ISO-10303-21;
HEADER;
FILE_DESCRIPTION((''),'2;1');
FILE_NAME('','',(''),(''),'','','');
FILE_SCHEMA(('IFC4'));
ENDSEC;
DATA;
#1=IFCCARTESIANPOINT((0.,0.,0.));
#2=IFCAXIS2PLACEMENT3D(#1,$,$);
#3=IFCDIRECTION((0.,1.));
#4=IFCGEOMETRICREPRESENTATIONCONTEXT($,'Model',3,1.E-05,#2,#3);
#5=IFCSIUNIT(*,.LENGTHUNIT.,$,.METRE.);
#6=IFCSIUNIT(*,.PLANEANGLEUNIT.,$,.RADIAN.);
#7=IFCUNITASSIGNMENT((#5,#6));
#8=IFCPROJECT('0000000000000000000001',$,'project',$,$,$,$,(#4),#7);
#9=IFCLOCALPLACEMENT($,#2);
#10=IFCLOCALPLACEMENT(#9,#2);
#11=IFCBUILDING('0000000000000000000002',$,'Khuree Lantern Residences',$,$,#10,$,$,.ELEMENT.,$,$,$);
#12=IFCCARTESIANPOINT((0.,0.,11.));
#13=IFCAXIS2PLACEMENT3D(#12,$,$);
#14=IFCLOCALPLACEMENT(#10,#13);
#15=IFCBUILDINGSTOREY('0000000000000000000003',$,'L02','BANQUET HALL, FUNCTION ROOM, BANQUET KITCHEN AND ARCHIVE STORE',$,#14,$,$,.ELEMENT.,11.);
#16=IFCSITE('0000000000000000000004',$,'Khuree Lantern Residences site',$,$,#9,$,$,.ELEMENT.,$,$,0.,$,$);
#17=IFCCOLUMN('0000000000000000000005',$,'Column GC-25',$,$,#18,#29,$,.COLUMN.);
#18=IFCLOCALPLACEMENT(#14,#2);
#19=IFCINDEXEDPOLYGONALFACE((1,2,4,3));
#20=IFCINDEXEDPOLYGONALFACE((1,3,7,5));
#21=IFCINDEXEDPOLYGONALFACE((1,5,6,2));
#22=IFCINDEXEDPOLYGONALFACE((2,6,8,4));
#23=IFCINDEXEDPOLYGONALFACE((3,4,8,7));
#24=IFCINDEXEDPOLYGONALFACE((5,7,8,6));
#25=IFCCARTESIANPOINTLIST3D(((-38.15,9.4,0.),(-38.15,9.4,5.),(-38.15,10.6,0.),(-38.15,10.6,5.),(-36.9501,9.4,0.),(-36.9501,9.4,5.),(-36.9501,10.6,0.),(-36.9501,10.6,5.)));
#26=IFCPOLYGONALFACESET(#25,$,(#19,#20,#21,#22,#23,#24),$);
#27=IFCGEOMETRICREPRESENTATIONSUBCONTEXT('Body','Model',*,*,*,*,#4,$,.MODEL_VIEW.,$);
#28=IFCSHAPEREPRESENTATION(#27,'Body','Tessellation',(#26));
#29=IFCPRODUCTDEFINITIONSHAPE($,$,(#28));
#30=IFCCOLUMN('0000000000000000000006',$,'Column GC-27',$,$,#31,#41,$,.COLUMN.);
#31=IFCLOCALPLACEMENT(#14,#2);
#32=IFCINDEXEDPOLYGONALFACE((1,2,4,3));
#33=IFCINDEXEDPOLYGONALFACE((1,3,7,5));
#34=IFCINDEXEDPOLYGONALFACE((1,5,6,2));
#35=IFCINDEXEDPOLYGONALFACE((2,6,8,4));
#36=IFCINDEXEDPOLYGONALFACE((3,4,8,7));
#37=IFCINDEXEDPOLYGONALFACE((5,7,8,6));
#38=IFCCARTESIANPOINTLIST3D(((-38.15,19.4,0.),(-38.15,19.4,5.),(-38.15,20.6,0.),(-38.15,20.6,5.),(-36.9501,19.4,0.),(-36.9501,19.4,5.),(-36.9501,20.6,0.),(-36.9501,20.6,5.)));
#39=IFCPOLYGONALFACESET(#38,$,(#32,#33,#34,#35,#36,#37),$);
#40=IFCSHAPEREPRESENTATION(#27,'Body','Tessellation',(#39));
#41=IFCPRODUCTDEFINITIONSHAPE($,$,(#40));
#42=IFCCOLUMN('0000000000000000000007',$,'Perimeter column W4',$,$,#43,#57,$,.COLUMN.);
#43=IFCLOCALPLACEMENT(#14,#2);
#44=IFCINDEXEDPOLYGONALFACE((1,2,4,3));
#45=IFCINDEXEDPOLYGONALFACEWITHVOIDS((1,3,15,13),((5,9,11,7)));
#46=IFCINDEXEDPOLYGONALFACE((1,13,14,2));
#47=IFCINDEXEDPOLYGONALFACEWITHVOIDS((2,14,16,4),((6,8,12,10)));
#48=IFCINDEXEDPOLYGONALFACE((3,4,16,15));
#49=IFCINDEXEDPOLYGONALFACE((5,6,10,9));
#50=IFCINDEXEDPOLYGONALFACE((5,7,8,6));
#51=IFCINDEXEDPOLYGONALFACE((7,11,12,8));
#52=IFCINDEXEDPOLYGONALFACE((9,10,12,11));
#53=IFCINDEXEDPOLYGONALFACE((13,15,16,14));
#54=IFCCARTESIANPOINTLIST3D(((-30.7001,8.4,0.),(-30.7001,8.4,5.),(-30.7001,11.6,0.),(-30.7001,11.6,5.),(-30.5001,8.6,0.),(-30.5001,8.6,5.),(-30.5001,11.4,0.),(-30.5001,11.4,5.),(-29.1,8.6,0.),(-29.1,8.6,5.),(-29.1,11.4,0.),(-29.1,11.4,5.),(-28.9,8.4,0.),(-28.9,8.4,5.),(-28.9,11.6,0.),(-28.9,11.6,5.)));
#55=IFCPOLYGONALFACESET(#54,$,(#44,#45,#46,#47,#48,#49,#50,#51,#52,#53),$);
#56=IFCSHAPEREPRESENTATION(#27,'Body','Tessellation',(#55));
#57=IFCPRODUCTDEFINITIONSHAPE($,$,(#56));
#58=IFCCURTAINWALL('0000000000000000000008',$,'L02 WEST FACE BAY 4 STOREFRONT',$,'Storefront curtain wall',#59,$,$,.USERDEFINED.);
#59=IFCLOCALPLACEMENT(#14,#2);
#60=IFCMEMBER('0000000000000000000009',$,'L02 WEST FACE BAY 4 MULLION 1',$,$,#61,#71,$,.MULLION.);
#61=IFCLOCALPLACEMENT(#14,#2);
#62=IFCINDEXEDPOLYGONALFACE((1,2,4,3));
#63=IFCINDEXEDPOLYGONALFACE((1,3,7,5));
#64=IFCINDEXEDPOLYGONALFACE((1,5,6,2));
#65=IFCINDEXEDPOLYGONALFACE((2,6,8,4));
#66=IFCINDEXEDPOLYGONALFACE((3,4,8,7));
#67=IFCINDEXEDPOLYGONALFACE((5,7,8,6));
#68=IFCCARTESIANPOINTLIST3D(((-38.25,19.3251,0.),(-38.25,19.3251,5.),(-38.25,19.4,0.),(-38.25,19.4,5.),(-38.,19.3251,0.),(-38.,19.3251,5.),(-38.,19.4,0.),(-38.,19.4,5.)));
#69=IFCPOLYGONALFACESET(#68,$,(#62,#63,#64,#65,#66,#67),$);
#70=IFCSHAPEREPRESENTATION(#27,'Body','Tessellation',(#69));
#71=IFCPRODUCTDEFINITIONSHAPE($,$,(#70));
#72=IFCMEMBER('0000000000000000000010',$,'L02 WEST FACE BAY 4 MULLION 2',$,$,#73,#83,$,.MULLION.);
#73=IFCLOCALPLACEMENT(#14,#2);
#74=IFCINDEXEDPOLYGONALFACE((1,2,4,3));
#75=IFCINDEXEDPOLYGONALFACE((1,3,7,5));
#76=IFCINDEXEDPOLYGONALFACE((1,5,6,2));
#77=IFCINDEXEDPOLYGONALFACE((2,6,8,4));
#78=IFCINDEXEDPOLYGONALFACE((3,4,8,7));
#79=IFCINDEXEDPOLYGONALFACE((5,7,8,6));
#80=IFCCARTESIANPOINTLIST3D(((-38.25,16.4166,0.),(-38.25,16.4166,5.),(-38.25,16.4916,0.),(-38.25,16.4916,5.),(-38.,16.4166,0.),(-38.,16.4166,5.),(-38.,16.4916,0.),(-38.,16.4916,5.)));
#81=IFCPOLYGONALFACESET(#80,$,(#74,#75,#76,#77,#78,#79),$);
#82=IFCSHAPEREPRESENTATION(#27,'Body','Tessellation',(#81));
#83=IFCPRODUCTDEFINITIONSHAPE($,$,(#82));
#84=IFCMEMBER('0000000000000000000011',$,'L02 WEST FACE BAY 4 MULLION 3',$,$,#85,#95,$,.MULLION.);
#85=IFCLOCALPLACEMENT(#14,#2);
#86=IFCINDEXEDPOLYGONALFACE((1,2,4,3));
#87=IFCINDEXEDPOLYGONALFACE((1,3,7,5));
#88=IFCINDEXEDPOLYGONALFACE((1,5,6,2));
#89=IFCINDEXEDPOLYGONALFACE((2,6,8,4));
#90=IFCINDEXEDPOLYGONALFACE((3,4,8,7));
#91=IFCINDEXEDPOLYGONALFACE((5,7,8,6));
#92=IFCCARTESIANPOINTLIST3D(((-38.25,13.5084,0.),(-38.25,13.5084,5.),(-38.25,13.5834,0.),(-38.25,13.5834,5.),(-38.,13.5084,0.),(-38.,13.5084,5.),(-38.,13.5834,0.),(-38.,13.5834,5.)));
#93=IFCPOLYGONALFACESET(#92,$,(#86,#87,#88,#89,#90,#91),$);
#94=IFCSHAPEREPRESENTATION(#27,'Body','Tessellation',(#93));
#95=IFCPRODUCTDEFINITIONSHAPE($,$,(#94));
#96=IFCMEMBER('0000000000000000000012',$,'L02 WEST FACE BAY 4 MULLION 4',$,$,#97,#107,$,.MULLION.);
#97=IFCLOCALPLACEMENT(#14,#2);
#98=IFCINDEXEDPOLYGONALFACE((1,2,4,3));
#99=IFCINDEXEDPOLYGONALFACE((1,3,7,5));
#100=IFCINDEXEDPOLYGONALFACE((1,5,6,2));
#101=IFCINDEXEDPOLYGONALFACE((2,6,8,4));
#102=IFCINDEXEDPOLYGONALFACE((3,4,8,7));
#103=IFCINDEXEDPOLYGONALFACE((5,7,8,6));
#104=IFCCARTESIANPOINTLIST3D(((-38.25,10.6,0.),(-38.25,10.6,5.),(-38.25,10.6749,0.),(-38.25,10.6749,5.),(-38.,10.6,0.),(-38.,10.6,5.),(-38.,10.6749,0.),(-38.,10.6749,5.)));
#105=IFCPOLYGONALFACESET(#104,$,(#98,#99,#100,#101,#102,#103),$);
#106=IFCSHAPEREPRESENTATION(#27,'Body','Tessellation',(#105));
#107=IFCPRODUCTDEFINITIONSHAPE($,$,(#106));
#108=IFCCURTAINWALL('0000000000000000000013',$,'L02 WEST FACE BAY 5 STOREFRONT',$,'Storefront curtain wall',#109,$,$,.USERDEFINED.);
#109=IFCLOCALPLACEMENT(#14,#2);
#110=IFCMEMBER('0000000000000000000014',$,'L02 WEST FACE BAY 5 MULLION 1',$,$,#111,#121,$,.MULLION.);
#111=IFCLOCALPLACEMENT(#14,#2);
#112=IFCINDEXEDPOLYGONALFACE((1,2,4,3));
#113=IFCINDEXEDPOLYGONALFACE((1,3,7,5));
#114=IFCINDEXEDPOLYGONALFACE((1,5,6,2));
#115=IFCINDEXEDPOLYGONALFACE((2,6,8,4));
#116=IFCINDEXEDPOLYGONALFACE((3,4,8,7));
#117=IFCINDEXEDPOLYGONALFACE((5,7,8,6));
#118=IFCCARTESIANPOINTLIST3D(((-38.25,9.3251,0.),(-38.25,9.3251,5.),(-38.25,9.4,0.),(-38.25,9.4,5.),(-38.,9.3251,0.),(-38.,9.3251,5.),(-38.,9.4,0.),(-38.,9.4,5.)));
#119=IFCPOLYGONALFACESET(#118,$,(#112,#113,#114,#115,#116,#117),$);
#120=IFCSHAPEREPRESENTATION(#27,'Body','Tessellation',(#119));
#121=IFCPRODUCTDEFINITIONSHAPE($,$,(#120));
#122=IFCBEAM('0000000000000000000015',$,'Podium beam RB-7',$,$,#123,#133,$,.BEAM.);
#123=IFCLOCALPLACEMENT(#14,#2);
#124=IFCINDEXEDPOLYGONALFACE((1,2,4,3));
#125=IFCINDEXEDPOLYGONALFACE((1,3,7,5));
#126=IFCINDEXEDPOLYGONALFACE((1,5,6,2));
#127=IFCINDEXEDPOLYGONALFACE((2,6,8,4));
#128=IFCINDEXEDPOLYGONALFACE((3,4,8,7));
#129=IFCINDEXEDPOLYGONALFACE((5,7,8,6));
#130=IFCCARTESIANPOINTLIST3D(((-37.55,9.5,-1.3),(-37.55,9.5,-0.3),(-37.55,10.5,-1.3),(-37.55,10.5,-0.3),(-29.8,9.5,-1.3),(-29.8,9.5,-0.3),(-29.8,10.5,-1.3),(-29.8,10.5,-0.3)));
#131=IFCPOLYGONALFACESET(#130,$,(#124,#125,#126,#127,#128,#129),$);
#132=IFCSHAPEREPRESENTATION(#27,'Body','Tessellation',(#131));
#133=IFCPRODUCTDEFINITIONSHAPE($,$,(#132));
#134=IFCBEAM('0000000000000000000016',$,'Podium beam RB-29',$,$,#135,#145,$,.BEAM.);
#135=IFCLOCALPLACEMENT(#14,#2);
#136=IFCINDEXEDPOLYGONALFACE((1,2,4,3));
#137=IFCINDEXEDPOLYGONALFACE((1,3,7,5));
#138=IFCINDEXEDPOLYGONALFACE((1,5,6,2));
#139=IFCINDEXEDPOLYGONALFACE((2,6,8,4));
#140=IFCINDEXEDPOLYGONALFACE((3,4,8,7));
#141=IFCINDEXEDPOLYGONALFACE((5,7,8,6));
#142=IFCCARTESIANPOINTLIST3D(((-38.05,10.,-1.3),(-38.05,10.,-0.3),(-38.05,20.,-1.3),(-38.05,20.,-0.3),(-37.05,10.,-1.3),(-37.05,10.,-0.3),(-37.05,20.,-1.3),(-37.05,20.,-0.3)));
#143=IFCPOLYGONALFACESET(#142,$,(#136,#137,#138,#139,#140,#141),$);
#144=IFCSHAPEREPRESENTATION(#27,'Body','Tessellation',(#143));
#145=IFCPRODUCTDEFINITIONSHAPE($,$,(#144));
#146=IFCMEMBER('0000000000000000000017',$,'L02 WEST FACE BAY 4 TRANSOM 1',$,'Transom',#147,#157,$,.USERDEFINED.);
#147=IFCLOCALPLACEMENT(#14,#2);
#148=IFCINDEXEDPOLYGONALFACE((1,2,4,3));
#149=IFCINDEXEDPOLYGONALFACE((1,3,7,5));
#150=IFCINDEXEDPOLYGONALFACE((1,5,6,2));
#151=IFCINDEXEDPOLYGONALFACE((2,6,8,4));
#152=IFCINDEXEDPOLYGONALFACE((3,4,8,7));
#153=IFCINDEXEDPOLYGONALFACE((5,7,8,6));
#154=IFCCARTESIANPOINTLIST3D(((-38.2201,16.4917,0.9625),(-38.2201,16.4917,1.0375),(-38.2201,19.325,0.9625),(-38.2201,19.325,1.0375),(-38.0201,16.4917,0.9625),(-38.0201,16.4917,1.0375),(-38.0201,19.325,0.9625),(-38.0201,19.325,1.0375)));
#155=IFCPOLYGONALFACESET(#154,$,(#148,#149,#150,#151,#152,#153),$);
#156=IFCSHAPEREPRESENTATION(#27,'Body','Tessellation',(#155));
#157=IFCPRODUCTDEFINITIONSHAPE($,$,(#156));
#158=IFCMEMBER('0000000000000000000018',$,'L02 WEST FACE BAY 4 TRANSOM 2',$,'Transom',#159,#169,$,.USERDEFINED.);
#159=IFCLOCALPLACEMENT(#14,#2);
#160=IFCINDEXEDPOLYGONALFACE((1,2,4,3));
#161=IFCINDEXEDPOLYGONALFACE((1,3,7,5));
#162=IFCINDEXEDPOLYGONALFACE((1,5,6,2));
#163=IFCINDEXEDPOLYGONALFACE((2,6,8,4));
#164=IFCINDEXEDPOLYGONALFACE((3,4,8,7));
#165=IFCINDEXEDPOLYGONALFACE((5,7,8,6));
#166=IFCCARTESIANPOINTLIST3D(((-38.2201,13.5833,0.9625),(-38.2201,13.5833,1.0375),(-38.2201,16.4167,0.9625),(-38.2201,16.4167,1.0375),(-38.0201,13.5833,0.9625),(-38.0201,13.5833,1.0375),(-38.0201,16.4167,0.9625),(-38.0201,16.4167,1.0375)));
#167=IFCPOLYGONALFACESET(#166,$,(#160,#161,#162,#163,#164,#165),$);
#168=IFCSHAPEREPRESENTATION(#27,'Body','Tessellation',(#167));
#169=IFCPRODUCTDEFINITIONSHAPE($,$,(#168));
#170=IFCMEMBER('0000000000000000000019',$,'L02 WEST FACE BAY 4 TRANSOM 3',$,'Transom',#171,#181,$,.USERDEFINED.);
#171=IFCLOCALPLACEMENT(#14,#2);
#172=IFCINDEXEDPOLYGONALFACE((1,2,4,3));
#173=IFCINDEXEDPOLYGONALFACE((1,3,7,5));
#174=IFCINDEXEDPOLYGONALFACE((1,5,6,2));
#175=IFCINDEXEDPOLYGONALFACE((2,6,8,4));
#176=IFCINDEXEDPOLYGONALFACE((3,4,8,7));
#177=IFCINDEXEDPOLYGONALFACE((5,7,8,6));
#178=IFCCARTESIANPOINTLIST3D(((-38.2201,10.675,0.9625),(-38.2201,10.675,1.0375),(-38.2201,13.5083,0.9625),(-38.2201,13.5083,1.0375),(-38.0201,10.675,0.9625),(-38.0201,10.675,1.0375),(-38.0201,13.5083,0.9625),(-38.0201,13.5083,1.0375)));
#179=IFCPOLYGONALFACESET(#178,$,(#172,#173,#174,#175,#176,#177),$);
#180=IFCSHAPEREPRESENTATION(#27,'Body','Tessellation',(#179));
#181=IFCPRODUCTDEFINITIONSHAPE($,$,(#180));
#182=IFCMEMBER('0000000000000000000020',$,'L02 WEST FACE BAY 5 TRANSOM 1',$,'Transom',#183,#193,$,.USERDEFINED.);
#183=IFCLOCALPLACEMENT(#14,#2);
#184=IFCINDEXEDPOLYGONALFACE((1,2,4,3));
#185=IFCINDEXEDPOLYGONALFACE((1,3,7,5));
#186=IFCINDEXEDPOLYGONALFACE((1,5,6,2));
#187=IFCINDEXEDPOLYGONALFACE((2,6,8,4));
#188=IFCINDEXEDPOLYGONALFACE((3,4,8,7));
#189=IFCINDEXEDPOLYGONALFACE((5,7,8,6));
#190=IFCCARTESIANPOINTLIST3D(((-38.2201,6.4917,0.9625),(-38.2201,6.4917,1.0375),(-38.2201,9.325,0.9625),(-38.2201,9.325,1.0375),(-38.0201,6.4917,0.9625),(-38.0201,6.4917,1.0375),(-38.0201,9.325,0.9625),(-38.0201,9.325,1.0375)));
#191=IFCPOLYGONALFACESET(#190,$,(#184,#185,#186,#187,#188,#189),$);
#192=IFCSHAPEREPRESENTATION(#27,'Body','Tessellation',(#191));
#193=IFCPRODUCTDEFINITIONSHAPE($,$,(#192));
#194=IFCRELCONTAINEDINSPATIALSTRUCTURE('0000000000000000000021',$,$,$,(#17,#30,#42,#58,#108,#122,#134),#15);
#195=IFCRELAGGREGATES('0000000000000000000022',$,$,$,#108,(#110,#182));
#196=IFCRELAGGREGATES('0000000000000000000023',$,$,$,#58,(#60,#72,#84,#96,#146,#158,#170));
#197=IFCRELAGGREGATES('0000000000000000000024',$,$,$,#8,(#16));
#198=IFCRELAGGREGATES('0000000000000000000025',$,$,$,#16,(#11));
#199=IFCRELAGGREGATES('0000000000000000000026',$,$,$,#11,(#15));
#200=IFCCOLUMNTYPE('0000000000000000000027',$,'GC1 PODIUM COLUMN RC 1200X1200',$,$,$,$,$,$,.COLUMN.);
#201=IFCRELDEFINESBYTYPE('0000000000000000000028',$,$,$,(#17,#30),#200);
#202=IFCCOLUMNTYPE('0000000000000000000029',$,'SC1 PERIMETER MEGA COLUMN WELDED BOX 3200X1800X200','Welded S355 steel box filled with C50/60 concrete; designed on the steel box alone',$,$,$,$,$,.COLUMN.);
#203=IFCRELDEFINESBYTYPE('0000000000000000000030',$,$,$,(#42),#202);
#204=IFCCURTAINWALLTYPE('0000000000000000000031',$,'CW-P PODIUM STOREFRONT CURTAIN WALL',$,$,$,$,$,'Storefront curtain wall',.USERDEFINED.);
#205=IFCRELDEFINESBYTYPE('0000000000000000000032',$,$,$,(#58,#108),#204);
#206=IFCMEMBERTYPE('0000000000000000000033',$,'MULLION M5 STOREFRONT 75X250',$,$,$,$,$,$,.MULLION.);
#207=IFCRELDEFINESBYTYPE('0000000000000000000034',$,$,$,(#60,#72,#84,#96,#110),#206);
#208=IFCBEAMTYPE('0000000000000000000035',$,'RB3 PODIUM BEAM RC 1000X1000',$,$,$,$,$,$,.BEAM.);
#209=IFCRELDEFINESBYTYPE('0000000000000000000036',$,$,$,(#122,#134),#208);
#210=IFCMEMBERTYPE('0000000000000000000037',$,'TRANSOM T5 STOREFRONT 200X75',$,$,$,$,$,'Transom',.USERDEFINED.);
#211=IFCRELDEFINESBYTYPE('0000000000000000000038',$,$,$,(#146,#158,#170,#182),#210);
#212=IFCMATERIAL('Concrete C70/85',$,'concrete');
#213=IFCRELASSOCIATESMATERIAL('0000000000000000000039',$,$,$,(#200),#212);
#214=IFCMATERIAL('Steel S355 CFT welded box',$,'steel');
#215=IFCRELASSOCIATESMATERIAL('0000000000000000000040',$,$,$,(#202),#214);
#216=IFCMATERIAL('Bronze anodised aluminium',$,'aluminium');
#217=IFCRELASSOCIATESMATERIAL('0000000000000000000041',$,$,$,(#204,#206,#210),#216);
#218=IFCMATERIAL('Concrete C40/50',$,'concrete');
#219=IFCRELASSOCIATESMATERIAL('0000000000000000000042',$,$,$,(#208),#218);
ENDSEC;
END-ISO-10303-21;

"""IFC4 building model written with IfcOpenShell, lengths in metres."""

from ifc_helpers import new_model, si_unit, direction, frame, origin, origin_2d, place, context, subcontext, project, spatial, rectangle, hollow_rectangle, extrude, material, material_profile, profile_set, type_object, element, aggregate, save


model = new_model("IFC4")

# Units and contexts
model_context = context("Model", 3, precision=1e-05, world=origin(), true_north=direction((0.0, 1.0)))
body_context = subcontext(model_context, "Body", "Model", "MODEL_VIEW")
ifc_project = project(units=[si_unit("LENGTHUNIT", "METRE"), si_unit("PLANEANGLEUNIT", "RADIAN")], contexts=[model_context])

# Site, building, storey
site_placement = place(None, origin())
site = spatial("IfcSite", under=ifc_project, at=site_placement, Name="Khuree Lantern Residences site", CompositionType="ELEMENT", RefElevation=0.0)
building_placement = place(site_placement, origin())
building = spatial("IfcBuilding", under=site, at=building_placement, Name="Khuree Lantern Residences", CompositionType="ELEMENT")
storey_placement = place(building_placement, frame((0.0, 0.0, 11.0)))
storey = spatial("IfcBuildingStorey", under=building, at=storey_placement, Name="L02", Description="BANQUET HALL, FUNCTION ROOM, BANQUET KITCHEN AND ARCHIVE STORE", CompositionType="ELEMENT", Elevation=11.0)

# Columns
ifc_material_1 = material(Name="Concrete C70/85", Category="concrete")
ifc_material_profile_1 = material_profile(ifc_material_1, rectangle(XDim=1.2, YDim=1.2, at=origin_2d()), Name="RC 1200X1200")
ifc_profile_set_1 = profile_set([ifc_material_profile_1], Name="Concrete C70/85")
column_type_1 = type_object("IfcColumnType", Name="GC1 PODIUM COLUMN RC 1200X1200", PredefinedType="COLUMN", material=ifc_profile_set_1)
for number, where, z_axis, x_axis, name in (
    (1, (-37.55, 10.0, 0.0), (0.0, 0.0, 1.0), (1.0, 0.0, 0.0), "Column GC-25"),
    (2, (-37.55, 20.0, 0.0), (0.0, 0.0, 1.0), (1.0, 0.0, 0.0), "Column GC-27"),
):
    element("IfcColumn", number, at=place(storey_placement, frame(where, z_axis=z_axis, x_axis=x_axis)), inside=storey, type_object=column_type_1, Name=name, PredefinedType="COLUMN", context=body_context, shape_type="SweptSolid", body=[
        extrude(rectangle(XDim=1.2, YDim=1.2, at=origin_2d()), origin(), (0.0, 0.0, 1.0), 5.0),
    ])
ifc_material_2 = material(Name="Steel S355 CFT welded box", Category="steel")
ifc_material_profile_2 = material_profile(ifc_material_2, hollow_rectangle(XDim=3.2, YDim=1.8, WallThickness=0.2, at=origin_2d()), Name="WELDED BOX 3200X1800X200")
ifc_profile_set_2 = profile_set([ifc_material_profile_2], Name="Steel S355 CFT welded box")
column_type_2 = type_object("IfcColumnType", Name="SC1 PERIMETER MEGA COLUMN WELDED BOX 3200X1800X200", Description="Welded S355 steel box filled with C50/60 concrete; designed on the steel box alone", PredefinedType="COLUMN", material=ifc_profile_set_2)
column_placement = place(storey_placement, frame((-29.8, 10.0, 0.0), z_axis=(0.0, 0.0, 1.0), x_axis=(0.0, 1.0, 0.0)))
element("IfcColumn", 3, at=column_placement, inside=storey, type_object=column_type_2, Name="Perimeter column W4", PredefinedType="COLUMN", context=body_context, shape_type="SweptSolid", body=[
    extrude(hollow_rectangle(XDim=3.2, YDim=1.8, WallThickness=0.2, at=origin_2d()), origin(), (0.0, 0.0, 1.0), 5.0),
])

# Curtain wall, members
ifc_material_3 = material(Name="Bronze anodised aluminium", Category="aluminium")
curtain_wall_type = type_object("IfcCurtainWallType", Name="CW-P PODIUM STOREFRONT CURTAIN WALL", ElementType="Storefront curtain wall", PredefinedType="USERDEFINED", material=ifc_material_3)
curtain_wall_1_placement = place(storey_placement, origin())
curtain_wall_1 = element("IfcCurtainWall", 4, at=curtain_wall_1_placement, inside=storey, type_object=curtain_wall_type, Name="L02 WEST FACE BAY 4 STOREFRONT", ObjectType="Storefront curtain wall", PredefinedType="USERDEFINED")
ifc_material_profile_3 = material_profile(ifc_material_3, rectangle(XDim=0.075, YDim=0.25, at=origin_2d()), Name="M5 75X250")
ifc_profile_set_3 = profile_set([ifc_material_profile_3], Name="Bronze anodised aluminium")
member_type_1 = type_object("IfcMemberType", Name="MULLION M5 STOREFRONT 75X250", PredefinedType="MULLION", material=ifc_profile_set_3)
member_1_placement = place(storey_placement, frame((-38.125, 19.3625, 0.0), z_axis=(0.0, 0.0, 1.0), x_axis=(0.0, -1.0, 0.0)))
member_1 = element("IfcMember", 5, at=member_1_placement, type_object=member_type_1, Name="L02 WEST FACE BAY 4 MULLION 1", PredefinedType="MULLION", context=body_context, shape_type="SweptSolid", body=[
    extrude(rectangle(XDim=0.075, YDim=0.25, at=origin_2d()), origin(), (0.0, 0.0, 1.0), 5.0),
])
member_2_placement = place(storey_placement, frame((-38.125, 16.4541, 0.0), z_axis=(0.0, 0.0, 1.0), x_axis=(0.0, -1.0, 0.0)))
member_2 = element("IfcMember", 6, at=member_2_placement, type_object=member_type_1, Name="L02 WEST FACE BAY 4 MULLION 2", PredefinedType="MULLION", context=body_context, shape_type="SweptSolid", body=[
    extrude(rectangle(XDim=0.075, YDim=0.25, at=origin_2d()), origin(), (0.0, 0.0, 1.0), 5.0),
])
member_3_placement = place(storey_placement, frame((-38.125, 13.5459, 0.0), z_axis=(0.0, 0.0, 1.0), x_axis=(0.0, -1.0, 0.0)))
member_3 = element("IfcMember", 7, at=member_3_placement, type_object=member_type_1, Name="L02 WEST FACE BAY 4 MULLION 3", PredefinedType="MULLION", context=body_context, shape_type="SweptSolid", body=[
    extrude(rectangle(XDim=0.075, YDim=0.25, at=origin_2d()), origin(), (0.0, 0.0, 1.0), 5.0),
])
member_4_placement = place(storey_placement, frame((-38.125, 10.6375, 0.0), z_axis=(0.0, 0.0, 1.0), x_axis=(0.0, -1.0, 0.0)))
member_4 = element("IfcMember", 8, at=member_4_placement, type_object=member_type_1, Name="L02 WEST FACE BAY 4 MULLION 4", PredefinedType="MULLION", context=body_context, shape_type="SweptSolid", body=[
    extrude(rectangle(XDim=0.075, YDim=0.25, at=origin_2d()), origin(), (0.0, 0.0, 1.0), 5.0),
])

# Curtain wall, member
curtain_wall_2_placement = place(storey_placement, origin())
curtain_wall_2 = element("IfcCurtainWall", 9, at=curtain_wall_2_placement, inside=storey, type_object=curtain_wall_type, Name="L02 WEST FACE BAY 5 STOREFRONT", ObjectType="Storefront curtain wall", PredefinedType="USERDEFINED")
member_5_placement = place(storey_placement, frame((-38.125, 9.3625, 0.0), z_axis=(0.0, 0.0, 1.0), x_axis=(0.0, -1.0, 0.0)))
member_5 = element("IfcMember", 10, at=member_5_placement, type_object=member_type_1, Name="L02 WEST FACE BAY 5 MULLION 1", PredefinedType="MULLION", context=body_context, shape_type="SweptSolid", body=[
    extrude(rectangle(XDim=0.075, YDim=0.25, at=origin_2d()), origin(), (0.0, 0.0, 1.0), 5.0),
])

# Beams
ifc_material_4 = material(Name="Concrete C40/50", Category="concrete")
ifc_material_profile_4 = material_profile(ifc_material_4, rectangle(XDim=1.0, YDim=1.0, at=origin_2d()), Name="RC 1000X1000")
ifc_profile_set_4 = profile_set([ifc_material_profile_4], Name="Concrete C40/50")
beam_type = type_object("IfcBeamType", Name="RB3 PODIUM BEAM RC 1000X1000", PredefinedType="BEAM", material=ifc_profile_set_4)
beam_1_placement = place(storey_placement, frame((-37.55, 10.0, -0.8), z_axis=(1.0, 0.0, 0.0), x_axis=(0.0, 1.0, 0.0)))
element("IfcBeam", 11, at=beam_1_placement, inside=storey, type_object=beam_type, Name="Podium beam RB-7", PredefinedType="BEAM", context=body_context, shape_type="SweptSolid", body=[
    extrude(rectangle(XDim=1.0, YDim=1.0, at=origin_2d()), origin(), (0.0, 0.0, 1.0), 7.75),
])
beam_2_placement = place(storey_placement, frame((-37.55, 10.0, -0.8), z_axis=(0.0, 1.0, 0.0), x_axis=(-1.0, 0.0, 0.0)))
element("IfcBeam", 12, at=beam_2_placement, inside=storey, type_object=beam_type, Name="Podium beam RB-29", PredefinedType="BEAM", context=body_context, shape_type="SweptSolid", body=[
    extrude(rectangle(XDim=1.0, YDim=1.0, at=origin_2d()), origin(), (0.0, 0.0, 1.0), 10.0),
])

# Members
ifc_material_profile_5 = material_profile(ifc_material_3, rectangle(XDim=0.2, YDim=0.075, at=origin_2d()), Name="T5 200X75")
ifc_profile_set_5 = profile_set([ifc_material_profile_5], Name="Bronze anodised aluminium")
member_type_2 = type_object("IfcMemberType", Name="TRANSOM T5 STOREFRONT 200X75", ElementType="Transom", PredefinedType="USERDEFINED", material=ifc_profile_set_5)
member_6_placement = place(storey_placement, frame((-38.1201, 19.325, 1.0), z_axis=(0.0, -1.0, 0.0), x_axis=(1.0, 0.0, 0.0)))
member_6 = element("IfcMember", 13, at=member_6_placement, type_object=member_type_2, Name="L02 WEST FACE BAY 4 TRANSOM 1", ObjectType="Transom", PredefinedType="USERDEFINED", context=body_context, shape_type="SweptSolid", body=[
    extrude(rectangle(XDim=0.2, YDim=0.075, at=origin_2d()), origin(), (0.0, 0.0, 1.0), 2.8333),
])
member_7_placement = place(storey_placement, frame((-38.1201, 16.4167, 1.0), z_axis=(0.0, -1.0, 0.0), x_axis=(1.0, 0.0, 0.0)))
member_7 = element("IfcMember", 14, at=member_7_placement, type_object=member_type_2, Name="L02 WEST FACE BAY 4 TRANSOM 2", ObjectType="Transom", PredefinedType="USERDEFINED", context=body_context, shape_type="SweptSolid", body=[
    extrude(rectangle(XDim=0.2, YDim=0.075, at=origin_2d()), origin(), (0.0, 0.0, 1.0), 2.8335),
])
member_8_placement = place(storey_placement, frame((-38.1201, 13.5083, 1.0), z_axis=(0.0, -1.0, 0.0), x_axis=(1.0, 0.0, 0.0)))
member_8 = element("IfcMember", 15, at=member_8_placement, type_object=member_type_2, Name="L02 WEST FACE BAY 4 TRANSOM 3", ObjectType="Transom", PredefinedType="USERDEFINED", context=body_context, shape_type="SweptSolid", body=[
    extrude(rectangle(XDim=0.2, YDim=0.075, at=origin_2d()), origin(), (0.0, 0.0, 1.0), 2.8333),
])
member_9_placement = place(storey_placement, frame((-38.1201, 9.325, 1.0), z_axis=(0.0, -1.0, 0.0), x_axis=(1.0, 0.0, 0.0)))
member_9 = element("IfcMember", 16, at=member_9_placement, type_object=member_type_2, Name="L02 WEST FACE BAY 5 TRANSOM 1", ObjectType="Transom", PredefinedType="USERDEFINED", context=body_context, shape_type="SweptSolid", body=[
    extrude(rectangle(XDim=0.2, YDim=0.075, at=origin_2d()), origin(), (0.0, 0.0, 1.0), 2.8333),
])

aggregate(curtain_wall_2, [member_5, member_9])
aggregate(curtain_wall_1, [member_1, member_2, member_3, member_4, member_6, member_7, member_8])

save(model, "model.ifc")
